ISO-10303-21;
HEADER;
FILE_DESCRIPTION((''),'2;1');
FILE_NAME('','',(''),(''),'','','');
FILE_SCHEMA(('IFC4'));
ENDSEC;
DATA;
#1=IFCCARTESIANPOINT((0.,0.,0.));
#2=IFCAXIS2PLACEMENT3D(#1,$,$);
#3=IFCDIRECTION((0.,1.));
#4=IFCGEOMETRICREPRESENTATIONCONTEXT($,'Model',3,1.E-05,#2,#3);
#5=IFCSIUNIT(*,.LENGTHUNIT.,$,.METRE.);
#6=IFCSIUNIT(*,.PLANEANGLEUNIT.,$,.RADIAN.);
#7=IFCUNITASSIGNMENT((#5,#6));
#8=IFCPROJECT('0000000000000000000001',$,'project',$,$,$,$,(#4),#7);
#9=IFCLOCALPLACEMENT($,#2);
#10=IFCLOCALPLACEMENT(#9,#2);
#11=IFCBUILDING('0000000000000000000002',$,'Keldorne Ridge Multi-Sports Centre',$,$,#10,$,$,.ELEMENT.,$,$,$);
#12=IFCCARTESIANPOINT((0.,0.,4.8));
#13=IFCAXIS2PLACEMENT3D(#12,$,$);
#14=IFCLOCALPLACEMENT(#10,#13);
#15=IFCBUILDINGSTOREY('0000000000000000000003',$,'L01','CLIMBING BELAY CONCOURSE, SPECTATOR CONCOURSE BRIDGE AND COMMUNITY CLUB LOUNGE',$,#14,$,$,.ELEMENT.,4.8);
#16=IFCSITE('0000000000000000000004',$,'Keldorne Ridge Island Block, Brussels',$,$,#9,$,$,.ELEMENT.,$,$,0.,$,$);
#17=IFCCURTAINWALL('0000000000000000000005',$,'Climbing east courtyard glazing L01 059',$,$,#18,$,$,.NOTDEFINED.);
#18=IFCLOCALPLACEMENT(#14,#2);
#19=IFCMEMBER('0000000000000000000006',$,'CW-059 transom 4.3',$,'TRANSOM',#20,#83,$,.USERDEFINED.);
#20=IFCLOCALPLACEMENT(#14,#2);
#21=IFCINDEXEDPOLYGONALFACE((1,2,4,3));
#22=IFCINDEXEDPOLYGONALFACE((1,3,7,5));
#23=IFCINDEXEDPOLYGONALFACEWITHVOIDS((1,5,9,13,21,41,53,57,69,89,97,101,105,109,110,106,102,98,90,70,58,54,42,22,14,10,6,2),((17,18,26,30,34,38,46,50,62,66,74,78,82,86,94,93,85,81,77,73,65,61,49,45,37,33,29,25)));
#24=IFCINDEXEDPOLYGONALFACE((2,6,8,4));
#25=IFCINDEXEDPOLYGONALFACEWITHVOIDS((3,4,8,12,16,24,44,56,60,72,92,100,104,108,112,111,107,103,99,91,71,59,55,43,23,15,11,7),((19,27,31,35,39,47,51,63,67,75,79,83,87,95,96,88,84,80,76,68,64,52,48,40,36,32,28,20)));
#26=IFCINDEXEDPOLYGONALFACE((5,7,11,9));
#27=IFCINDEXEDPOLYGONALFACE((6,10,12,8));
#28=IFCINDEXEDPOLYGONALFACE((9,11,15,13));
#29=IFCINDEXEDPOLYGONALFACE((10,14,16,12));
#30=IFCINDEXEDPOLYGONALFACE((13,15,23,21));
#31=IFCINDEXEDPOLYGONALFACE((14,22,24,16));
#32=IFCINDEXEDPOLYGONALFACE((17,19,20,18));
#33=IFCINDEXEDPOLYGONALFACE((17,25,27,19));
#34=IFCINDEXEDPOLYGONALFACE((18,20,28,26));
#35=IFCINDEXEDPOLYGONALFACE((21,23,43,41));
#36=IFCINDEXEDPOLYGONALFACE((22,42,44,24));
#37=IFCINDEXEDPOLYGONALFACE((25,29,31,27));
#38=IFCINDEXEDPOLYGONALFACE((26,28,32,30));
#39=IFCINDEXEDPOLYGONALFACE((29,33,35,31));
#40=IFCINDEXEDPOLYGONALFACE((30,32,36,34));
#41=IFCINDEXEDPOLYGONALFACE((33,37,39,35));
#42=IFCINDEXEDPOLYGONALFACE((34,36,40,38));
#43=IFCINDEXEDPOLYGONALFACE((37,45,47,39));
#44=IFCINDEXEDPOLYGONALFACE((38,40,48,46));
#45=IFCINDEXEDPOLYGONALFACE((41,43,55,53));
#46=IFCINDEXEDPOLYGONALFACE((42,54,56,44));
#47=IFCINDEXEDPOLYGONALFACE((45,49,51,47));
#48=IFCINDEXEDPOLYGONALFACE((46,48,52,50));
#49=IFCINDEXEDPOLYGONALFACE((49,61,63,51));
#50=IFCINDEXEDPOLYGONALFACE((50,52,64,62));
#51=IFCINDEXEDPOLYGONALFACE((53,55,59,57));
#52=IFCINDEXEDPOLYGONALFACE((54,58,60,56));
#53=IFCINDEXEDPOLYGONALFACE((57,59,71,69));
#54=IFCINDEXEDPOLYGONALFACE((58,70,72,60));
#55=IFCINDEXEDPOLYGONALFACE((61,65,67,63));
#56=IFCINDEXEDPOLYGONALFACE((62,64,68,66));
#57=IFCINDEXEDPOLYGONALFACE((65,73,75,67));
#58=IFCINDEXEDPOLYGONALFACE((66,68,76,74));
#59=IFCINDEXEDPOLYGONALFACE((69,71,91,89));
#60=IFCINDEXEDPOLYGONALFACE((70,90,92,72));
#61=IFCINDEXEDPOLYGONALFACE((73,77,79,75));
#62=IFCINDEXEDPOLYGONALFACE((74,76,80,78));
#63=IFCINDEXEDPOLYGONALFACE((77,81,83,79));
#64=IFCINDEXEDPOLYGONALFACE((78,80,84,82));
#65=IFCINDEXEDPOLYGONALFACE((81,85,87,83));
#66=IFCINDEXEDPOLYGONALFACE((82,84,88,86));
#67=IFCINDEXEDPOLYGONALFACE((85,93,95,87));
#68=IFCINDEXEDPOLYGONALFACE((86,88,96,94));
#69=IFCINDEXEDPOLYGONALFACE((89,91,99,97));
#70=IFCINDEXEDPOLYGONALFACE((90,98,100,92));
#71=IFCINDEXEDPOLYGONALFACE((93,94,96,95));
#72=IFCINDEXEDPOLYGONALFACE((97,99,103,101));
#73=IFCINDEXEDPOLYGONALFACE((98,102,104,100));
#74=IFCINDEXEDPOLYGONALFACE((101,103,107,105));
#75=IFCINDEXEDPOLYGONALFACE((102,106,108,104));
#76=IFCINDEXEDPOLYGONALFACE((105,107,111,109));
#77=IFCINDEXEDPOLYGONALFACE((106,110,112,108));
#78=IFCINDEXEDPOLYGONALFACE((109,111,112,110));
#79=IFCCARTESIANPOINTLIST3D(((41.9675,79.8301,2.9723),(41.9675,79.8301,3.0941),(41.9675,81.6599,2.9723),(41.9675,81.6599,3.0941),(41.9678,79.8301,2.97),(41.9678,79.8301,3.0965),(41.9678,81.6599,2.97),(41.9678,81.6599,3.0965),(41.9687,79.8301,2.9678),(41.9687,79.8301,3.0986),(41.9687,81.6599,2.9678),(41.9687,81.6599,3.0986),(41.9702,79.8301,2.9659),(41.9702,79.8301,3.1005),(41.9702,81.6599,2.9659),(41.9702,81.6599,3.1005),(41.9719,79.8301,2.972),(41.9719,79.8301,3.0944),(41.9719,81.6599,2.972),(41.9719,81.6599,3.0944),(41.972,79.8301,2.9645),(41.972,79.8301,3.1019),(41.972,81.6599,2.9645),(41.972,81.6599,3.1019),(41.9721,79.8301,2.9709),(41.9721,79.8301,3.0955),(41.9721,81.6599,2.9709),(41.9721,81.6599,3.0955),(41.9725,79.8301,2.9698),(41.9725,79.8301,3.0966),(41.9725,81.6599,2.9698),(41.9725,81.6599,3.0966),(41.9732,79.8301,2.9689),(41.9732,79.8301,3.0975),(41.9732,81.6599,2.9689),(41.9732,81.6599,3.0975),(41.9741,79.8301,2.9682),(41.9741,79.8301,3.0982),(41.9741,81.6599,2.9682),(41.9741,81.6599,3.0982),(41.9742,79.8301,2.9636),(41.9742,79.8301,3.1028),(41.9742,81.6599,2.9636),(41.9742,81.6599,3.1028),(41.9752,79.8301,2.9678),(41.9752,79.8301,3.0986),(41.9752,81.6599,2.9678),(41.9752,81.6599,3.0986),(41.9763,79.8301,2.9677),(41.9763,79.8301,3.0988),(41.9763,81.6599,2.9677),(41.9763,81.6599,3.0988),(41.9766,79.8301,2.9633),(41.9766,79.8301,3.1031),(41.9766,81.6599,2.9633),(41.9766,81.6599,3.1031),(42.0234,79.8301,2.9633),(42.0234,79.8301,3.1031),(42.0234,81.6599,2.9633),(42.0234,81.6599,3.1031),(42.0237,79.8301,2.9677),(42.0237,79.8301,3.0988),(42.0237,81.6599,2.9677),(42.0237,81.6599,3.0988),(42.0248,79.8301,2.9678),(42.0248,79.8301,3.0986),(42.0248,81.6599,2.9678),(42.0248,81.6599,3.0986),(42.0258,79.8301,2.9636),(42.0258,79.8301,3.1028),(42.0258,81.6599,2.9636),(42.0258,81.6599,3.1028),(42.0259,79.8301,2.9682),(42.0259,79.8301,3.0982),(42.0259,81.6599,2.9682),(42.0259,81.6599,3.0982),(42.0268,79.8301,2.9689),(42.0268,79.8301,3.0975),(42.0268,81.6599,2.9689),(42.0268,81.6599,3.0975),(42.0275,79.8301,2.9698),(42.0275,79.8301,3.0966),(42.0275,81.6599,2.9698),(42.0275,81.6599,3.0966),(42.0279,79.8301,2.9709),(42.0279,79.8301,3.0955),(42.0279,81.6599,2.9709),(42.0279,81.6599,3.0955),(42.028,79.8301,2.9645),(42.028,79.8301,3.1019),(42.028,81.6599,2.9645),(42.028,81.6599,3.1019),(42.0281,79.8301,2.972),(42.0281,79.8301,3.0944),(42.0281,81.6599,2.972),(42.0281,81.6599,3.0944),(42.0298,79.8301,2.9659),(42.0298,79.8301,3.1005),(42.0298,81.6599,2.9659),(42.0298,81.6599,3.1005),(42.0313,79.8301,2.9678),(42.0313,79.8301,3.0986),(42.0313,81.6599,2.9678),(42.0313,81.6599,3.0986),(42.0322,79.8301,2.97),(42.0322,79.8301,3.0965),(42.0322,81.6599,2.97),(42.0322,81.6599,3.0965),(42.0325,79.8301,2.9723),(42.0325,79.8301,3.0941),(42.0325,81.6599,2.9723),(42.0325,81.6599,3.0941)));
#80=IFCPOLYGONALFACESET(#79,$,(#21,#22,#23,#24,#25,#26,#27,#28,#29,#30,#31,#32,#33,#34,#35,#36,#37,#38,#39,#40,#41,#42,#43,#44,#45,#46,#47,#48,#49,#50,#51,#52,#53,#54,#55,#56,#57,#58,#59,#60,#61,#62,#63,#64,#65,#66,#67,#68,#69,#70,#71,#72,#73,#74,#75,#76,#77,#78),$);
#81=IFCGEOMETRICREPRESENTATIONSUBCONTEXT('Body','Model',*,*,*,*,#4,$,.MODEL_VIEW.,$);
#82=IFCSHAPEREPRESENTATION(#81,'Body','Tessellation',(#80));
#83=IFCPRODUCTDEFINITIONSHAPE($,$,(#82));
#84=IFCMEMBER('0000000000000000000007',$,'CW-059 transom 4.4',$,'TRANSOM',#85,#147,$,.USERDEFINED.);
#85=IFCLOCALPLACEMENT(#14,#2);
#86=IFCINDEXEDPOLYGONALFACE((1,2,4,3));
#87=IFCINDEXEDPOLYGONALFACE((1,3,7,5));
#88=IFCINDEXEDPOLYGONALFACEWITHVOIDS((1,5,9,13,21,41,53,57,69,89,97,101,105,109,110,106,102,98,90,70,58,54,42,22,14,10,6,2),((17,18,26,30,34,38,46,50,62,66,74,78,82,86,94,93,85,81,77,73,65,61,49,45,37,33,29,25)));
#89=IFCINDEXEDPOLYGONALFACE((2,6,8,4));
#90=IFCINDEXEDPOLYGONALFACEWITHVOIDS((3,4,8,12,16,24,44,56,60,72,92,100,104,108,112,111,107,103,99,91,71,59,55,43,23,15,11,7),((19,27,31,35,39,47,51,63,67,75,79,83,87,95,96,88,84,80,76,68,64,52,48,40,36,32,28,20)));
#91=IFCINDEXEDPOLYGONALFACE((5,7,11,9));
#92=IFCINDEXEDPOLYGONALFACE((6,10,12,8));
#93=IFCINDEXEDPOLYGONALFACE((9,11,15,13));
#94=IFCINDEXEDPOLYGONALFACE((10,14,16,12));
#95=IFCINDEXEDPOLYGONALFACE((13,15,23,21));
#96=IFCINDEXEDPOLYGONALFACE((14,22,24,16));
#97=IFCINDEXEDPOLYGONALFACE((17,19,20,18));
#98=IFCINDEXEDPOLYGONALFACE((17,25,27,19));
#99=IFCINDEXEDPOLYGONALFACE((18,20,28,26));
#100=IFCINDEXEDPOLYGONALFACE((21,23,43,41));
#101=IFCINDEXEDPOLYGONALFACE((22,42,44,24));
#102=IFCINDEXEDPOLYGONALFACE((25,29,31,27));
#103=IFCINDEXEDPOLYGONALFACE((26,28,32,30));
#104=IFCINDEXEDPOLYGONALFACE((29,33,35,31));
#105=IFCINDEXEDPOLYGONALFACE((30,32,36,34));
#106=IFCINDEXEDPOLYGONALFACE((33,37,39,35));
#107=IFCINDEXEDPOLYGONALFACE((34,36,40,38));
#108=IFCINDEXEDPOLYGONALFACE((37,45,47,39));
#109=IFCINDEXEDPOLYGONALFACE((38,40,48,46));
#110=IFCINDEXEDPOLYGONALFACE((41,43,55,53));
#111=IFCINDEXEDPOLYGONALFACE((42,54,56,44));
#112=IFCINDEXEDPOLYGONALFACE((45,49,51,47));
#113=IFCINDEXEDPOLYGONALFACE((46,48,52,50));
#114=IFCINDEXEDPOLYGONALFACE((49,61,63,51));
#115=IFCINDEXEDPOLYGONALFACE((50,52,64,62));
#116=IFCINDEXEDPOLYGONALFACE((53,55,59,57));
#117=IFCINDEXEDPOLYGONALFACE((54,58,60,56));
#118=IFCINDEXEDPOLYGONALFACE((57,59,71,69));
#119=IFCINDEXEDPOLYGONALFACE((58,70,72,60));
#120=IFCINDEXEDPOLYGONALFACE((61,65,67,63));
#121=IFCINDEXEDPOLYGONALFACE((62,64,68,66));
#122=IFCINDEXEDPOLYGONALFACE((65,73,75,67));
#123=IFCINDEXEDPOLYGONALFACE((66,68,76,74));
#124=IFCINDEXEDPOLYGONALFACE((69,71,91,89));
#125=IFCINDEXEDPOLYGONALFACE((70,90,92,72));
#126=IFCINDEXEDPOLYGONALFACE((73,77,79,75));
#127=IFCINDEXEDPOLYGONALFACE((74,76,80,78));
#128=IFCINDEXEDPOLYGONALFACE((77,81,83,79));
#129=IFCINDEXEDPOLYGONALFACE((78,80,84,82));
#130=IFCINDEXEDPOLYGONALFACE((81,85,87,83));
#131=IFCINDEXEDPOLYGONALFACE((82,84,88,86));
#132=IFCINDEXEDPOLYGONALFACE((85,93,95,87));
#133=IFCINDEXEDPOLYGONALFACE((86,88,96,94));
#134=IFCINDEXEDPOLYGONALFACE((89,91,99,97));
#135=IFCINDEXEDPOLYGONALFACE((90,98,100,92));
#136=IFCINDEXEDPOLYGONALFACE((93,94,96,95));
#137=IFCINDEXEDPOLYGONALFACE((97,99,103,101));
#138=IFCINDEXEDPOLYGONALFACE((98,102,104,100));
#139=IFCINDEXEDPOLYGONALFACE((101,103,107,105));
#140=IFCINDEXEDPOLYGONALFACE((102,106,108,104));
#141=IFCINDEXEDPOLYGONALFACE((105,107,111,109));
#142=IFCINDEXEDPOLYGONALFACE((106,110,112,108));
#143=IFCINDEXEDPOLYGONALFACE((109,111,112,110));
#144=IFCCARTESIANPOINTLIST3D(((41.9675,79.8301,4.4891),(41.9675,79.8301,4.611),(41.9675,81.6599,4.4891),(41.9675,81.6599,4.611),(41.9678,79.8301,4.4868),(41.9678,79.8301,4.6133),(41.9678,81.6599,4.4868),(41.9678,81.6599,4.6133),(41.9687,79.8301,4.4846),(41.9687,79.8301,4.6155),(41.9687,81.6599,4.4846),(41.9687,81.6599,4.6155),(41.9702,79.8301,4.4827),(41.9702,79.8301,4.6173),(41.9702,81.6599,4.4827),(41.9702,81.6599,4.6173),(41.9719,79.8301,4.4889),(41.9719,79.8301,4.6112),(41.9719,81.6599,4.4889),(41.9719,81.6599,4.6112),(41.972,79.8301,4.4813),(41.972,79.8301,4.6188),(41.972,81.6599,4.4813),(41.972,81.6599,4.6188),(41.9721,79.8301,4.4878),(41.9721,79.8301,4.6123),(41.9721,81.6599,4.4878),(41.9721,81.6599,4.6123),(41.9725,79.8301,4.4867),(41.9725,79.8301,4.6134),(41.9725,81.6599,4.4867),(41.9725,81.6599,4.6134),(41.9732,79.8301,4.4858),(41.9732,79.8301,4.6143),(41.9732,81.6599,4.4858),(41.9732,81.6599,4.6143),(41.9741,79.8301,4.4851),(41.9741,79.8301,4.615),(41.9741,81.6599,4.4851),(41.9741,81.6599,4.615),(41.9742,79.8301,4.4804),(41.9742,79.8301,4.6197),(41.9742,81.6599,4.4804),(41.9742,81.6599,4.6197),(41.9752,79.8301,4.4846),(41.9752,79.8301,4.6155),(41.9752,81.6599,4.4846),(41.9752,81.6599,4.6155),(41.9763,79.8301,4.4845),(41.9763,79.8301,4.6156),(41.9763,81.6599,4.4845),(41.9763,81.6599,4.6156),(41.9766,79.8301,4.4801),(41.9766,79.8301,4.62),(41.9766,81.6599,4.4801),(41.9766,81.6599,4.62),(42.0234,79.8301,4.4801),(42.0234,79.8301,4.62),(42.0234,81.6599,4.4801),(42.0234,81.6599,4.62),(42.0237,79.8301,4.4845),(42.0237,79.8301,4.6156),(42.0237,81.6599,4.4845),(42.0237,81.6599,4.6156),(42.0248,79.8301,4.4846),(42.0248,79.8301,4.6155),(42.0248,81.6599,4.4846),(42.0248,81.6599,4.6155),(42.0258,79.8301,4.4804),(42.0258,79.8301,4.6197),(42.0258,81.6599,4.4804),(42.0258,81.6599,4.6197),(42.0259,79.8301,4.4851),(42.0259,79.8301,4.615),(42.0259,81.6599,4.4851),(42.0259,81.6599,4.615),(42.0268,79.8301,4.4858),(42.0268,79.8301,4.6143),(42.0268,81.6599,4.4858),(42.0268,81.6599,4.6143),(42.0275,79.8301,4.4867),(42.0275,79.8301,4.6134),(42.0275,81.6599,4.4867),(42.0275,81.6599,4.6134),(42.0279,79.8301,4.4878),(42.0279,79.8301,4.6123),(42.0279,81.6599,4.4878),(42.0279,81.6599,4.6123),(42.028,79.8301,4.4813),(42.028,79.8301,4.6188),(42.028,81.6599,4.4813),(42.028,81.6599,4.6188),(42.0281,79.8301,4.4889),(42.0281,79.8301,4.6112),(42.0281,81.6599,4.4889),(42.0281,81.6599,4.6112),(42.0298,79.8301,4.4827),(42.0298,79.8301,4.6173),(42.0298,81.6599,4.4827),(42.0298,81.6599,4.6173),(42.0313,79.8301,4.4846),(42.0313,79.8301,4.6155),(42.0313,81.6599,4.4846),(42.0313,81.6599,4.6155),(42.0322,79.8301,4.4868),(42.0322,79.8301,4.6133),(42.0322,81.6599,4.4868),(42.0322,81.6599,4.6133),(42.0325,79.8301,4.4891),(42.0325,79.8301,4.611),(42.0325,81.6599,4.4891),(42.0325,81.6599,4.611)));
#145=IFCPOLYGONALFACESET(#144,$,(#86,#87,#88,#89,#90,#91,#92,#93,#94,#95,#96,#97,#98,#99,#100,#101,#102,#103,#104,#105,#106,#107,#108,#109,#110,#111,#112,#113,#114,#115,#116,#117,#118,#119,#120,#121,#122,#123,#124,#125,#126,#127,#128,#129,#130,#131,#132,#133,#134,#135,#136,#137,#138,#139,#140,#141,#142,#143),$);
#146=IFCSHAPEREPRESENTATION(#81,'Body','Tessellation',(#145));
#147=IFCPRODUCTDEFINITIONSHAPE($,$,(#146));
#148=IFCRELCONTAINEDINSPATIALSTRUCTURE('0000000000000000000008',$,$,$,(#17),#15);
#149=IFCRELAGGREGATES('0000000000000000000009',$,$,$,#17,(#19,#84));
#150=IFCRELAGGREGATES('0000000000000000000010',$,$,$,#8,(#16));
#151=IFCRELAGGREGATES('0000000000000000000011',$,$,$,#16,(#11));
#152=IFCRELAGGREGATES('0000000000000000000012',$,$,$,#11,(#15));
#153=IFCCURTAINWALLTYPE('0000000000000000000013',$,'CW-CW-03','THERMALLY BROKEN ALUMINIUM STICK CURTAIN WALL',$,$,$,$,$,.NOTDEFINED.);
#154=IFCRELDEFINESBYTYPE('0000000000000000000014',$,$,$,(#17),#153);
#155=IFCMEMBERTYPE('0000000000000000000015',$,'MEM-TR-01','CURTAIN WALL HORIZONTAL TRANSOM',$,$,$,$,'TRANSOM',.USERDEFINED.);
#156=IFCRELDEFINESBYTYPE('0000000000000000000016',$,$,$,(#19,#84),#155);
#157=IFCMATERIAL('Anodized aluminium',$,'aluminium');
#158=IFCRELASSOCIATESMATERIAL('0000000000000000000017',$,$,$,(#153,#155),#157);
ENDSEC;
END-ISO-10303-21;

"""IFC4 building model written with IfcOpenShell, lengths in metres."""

from ifc_helpers import new_model, si_unit, direction, frame, origin, origin_2d, place, context, subcontext, project, spatial, hollow_rectangle, extrude, material, material_profile, profile_set, type_object, element, aggregate, save


model = new_model("IFC4")

# Units and contexts
model_context = context("Model", 3, precision=1e-05, world=origin(), true_north=direction((0.0, 1.0)))
body_context = subcontext(model_context, "Body", "Model", "MODEL_VIEW")
ifc_project = project(units=[si_unit("LENGTHUNIT", "METRE"), si_unit("PLANEANGLEUNIT", "RADIAN")], contexts=[model_context])

# Site, building, storey
site_placement = place(None, origin())
site = spatial("IfcSite", under=ifc_project, at=site_placement, Name="Keldorne Ridge Island Block, Brussels", CompositionType="ELEMENT", RefElevation=0.0)
building_placement = place(site_placement, origin())
building = spatial("IfcBuilding", under=site, at=building_placement, Name="Keldorne Ridge Multi-Sports Centre", CompositionType="ELEMENT")
storey_placement = place(building_placement, frame((0.0, 0.0, 4.8)))
storey = spatial("IfcBuildingStorey", under=building, at=storey_placement, Name="L01", Description="CLIMBING BELAY CONCOURSE, SPECTATOR CONCOURSE BRIDGE AND COMMUNITY CLUB LOUNGE", CompositionType="ELEMENT", Elevation=4.8)

# Curtain wall
ifc_material_1 = material(Name="Anodized aluminium", Category="aluminium")
curtain_wall_type_1 = type_object("IfcCurtainWallType", Name="CW-CW-03", Description="THERMALLY BROKEN ALUMINIUM STICK CURTAIN WALL", PredefinedType="NOTDEFINED", material=ifc_material_1)
curtain_wall_1_placement = place(storey_placement, origin())
curtain_wall_1 = element("IfcCurtainWall", 1, at=curtain_wall_1_placement, inside=storey, type_object=curtain_wall_type_1, Name="Climbing east courtyard glazing L01 059", PredefinedType="NOTDEFINED")

# Members
ifc_material_profile_1 = material_profile(ifc_material_1, hollow_rectangle(XDim=0.0649, YDim=0.1399, WallThickness=0.0044, InnerFilletRadius=0.0044, OuterFilletRadius=0.009, at=origin_2d()), Name="ALU TRANSOM 140x65x4.5")
ifc_profile_set_1 = profile_set([ifc_material_profile_1], Name="Anodized aluminium")
member_type_1 = type_object("IfcMemberType", Name="MEM-TR-01", Description="CURTAIN WALL HORIZONTAL TRANSOM", ElementType="TRANSOM", PredefinedType="USERDEFINED", material=ifc_profile_set_1)
member_1_placement = place(storey_placement, frame((42.0, 79.8301, 3.0332), z_axis=(0.0, 1.0, 0.0), x_axis=(-1.0, 0.0, 0.0)))
member_1 = element("IfcMember", 2, at=member_1_placement, type_object=member_type_1, Name="CW-059 transom 4.3", ObjectType="TRANSOM", PredefinedType="USERDEFINED", context=body_context, shape_type="SweptSolid", body=[
    extrude(hollow_rectangle(XDim=0.0649, YDim=0.1399, WallThickness=0.0044, InnerFilletRadius=0.0044, OuterFilletRadius=0.009, at=origin_2d()), origin(), (0.0, 0.0, 1.0), 1.8298),
])
member_2_placement = place(storey_placement, frame((42.0, 79.8301, 4.55), z_axis=(0.0, 1.0, 0.0), x_axis=(-1.0, 0.0, 0.0)))
member_2 = element("IfcMember", 3, at=member_2_placement, type_object=member_type_1, Name="CW-059 transom 4.4", ObjectType="TRANSOM", PredefinedType="USERDEFINED", context=body_context, shape_type="SweptSolid", body=[
    extrude(hollow_rectangle(XDim=0.0649, YDim=0.1399, WallThickness=0.0044, InnerFilletRadius=0.0044, OuterFilletRadius=0.009, at=origin_2d()), origin(), (0.0, 0.0, 1.0), 1.8298),
])

aggregate(curtain_wall_1, [member_1, member_2])

save(model, "model.ifc")
